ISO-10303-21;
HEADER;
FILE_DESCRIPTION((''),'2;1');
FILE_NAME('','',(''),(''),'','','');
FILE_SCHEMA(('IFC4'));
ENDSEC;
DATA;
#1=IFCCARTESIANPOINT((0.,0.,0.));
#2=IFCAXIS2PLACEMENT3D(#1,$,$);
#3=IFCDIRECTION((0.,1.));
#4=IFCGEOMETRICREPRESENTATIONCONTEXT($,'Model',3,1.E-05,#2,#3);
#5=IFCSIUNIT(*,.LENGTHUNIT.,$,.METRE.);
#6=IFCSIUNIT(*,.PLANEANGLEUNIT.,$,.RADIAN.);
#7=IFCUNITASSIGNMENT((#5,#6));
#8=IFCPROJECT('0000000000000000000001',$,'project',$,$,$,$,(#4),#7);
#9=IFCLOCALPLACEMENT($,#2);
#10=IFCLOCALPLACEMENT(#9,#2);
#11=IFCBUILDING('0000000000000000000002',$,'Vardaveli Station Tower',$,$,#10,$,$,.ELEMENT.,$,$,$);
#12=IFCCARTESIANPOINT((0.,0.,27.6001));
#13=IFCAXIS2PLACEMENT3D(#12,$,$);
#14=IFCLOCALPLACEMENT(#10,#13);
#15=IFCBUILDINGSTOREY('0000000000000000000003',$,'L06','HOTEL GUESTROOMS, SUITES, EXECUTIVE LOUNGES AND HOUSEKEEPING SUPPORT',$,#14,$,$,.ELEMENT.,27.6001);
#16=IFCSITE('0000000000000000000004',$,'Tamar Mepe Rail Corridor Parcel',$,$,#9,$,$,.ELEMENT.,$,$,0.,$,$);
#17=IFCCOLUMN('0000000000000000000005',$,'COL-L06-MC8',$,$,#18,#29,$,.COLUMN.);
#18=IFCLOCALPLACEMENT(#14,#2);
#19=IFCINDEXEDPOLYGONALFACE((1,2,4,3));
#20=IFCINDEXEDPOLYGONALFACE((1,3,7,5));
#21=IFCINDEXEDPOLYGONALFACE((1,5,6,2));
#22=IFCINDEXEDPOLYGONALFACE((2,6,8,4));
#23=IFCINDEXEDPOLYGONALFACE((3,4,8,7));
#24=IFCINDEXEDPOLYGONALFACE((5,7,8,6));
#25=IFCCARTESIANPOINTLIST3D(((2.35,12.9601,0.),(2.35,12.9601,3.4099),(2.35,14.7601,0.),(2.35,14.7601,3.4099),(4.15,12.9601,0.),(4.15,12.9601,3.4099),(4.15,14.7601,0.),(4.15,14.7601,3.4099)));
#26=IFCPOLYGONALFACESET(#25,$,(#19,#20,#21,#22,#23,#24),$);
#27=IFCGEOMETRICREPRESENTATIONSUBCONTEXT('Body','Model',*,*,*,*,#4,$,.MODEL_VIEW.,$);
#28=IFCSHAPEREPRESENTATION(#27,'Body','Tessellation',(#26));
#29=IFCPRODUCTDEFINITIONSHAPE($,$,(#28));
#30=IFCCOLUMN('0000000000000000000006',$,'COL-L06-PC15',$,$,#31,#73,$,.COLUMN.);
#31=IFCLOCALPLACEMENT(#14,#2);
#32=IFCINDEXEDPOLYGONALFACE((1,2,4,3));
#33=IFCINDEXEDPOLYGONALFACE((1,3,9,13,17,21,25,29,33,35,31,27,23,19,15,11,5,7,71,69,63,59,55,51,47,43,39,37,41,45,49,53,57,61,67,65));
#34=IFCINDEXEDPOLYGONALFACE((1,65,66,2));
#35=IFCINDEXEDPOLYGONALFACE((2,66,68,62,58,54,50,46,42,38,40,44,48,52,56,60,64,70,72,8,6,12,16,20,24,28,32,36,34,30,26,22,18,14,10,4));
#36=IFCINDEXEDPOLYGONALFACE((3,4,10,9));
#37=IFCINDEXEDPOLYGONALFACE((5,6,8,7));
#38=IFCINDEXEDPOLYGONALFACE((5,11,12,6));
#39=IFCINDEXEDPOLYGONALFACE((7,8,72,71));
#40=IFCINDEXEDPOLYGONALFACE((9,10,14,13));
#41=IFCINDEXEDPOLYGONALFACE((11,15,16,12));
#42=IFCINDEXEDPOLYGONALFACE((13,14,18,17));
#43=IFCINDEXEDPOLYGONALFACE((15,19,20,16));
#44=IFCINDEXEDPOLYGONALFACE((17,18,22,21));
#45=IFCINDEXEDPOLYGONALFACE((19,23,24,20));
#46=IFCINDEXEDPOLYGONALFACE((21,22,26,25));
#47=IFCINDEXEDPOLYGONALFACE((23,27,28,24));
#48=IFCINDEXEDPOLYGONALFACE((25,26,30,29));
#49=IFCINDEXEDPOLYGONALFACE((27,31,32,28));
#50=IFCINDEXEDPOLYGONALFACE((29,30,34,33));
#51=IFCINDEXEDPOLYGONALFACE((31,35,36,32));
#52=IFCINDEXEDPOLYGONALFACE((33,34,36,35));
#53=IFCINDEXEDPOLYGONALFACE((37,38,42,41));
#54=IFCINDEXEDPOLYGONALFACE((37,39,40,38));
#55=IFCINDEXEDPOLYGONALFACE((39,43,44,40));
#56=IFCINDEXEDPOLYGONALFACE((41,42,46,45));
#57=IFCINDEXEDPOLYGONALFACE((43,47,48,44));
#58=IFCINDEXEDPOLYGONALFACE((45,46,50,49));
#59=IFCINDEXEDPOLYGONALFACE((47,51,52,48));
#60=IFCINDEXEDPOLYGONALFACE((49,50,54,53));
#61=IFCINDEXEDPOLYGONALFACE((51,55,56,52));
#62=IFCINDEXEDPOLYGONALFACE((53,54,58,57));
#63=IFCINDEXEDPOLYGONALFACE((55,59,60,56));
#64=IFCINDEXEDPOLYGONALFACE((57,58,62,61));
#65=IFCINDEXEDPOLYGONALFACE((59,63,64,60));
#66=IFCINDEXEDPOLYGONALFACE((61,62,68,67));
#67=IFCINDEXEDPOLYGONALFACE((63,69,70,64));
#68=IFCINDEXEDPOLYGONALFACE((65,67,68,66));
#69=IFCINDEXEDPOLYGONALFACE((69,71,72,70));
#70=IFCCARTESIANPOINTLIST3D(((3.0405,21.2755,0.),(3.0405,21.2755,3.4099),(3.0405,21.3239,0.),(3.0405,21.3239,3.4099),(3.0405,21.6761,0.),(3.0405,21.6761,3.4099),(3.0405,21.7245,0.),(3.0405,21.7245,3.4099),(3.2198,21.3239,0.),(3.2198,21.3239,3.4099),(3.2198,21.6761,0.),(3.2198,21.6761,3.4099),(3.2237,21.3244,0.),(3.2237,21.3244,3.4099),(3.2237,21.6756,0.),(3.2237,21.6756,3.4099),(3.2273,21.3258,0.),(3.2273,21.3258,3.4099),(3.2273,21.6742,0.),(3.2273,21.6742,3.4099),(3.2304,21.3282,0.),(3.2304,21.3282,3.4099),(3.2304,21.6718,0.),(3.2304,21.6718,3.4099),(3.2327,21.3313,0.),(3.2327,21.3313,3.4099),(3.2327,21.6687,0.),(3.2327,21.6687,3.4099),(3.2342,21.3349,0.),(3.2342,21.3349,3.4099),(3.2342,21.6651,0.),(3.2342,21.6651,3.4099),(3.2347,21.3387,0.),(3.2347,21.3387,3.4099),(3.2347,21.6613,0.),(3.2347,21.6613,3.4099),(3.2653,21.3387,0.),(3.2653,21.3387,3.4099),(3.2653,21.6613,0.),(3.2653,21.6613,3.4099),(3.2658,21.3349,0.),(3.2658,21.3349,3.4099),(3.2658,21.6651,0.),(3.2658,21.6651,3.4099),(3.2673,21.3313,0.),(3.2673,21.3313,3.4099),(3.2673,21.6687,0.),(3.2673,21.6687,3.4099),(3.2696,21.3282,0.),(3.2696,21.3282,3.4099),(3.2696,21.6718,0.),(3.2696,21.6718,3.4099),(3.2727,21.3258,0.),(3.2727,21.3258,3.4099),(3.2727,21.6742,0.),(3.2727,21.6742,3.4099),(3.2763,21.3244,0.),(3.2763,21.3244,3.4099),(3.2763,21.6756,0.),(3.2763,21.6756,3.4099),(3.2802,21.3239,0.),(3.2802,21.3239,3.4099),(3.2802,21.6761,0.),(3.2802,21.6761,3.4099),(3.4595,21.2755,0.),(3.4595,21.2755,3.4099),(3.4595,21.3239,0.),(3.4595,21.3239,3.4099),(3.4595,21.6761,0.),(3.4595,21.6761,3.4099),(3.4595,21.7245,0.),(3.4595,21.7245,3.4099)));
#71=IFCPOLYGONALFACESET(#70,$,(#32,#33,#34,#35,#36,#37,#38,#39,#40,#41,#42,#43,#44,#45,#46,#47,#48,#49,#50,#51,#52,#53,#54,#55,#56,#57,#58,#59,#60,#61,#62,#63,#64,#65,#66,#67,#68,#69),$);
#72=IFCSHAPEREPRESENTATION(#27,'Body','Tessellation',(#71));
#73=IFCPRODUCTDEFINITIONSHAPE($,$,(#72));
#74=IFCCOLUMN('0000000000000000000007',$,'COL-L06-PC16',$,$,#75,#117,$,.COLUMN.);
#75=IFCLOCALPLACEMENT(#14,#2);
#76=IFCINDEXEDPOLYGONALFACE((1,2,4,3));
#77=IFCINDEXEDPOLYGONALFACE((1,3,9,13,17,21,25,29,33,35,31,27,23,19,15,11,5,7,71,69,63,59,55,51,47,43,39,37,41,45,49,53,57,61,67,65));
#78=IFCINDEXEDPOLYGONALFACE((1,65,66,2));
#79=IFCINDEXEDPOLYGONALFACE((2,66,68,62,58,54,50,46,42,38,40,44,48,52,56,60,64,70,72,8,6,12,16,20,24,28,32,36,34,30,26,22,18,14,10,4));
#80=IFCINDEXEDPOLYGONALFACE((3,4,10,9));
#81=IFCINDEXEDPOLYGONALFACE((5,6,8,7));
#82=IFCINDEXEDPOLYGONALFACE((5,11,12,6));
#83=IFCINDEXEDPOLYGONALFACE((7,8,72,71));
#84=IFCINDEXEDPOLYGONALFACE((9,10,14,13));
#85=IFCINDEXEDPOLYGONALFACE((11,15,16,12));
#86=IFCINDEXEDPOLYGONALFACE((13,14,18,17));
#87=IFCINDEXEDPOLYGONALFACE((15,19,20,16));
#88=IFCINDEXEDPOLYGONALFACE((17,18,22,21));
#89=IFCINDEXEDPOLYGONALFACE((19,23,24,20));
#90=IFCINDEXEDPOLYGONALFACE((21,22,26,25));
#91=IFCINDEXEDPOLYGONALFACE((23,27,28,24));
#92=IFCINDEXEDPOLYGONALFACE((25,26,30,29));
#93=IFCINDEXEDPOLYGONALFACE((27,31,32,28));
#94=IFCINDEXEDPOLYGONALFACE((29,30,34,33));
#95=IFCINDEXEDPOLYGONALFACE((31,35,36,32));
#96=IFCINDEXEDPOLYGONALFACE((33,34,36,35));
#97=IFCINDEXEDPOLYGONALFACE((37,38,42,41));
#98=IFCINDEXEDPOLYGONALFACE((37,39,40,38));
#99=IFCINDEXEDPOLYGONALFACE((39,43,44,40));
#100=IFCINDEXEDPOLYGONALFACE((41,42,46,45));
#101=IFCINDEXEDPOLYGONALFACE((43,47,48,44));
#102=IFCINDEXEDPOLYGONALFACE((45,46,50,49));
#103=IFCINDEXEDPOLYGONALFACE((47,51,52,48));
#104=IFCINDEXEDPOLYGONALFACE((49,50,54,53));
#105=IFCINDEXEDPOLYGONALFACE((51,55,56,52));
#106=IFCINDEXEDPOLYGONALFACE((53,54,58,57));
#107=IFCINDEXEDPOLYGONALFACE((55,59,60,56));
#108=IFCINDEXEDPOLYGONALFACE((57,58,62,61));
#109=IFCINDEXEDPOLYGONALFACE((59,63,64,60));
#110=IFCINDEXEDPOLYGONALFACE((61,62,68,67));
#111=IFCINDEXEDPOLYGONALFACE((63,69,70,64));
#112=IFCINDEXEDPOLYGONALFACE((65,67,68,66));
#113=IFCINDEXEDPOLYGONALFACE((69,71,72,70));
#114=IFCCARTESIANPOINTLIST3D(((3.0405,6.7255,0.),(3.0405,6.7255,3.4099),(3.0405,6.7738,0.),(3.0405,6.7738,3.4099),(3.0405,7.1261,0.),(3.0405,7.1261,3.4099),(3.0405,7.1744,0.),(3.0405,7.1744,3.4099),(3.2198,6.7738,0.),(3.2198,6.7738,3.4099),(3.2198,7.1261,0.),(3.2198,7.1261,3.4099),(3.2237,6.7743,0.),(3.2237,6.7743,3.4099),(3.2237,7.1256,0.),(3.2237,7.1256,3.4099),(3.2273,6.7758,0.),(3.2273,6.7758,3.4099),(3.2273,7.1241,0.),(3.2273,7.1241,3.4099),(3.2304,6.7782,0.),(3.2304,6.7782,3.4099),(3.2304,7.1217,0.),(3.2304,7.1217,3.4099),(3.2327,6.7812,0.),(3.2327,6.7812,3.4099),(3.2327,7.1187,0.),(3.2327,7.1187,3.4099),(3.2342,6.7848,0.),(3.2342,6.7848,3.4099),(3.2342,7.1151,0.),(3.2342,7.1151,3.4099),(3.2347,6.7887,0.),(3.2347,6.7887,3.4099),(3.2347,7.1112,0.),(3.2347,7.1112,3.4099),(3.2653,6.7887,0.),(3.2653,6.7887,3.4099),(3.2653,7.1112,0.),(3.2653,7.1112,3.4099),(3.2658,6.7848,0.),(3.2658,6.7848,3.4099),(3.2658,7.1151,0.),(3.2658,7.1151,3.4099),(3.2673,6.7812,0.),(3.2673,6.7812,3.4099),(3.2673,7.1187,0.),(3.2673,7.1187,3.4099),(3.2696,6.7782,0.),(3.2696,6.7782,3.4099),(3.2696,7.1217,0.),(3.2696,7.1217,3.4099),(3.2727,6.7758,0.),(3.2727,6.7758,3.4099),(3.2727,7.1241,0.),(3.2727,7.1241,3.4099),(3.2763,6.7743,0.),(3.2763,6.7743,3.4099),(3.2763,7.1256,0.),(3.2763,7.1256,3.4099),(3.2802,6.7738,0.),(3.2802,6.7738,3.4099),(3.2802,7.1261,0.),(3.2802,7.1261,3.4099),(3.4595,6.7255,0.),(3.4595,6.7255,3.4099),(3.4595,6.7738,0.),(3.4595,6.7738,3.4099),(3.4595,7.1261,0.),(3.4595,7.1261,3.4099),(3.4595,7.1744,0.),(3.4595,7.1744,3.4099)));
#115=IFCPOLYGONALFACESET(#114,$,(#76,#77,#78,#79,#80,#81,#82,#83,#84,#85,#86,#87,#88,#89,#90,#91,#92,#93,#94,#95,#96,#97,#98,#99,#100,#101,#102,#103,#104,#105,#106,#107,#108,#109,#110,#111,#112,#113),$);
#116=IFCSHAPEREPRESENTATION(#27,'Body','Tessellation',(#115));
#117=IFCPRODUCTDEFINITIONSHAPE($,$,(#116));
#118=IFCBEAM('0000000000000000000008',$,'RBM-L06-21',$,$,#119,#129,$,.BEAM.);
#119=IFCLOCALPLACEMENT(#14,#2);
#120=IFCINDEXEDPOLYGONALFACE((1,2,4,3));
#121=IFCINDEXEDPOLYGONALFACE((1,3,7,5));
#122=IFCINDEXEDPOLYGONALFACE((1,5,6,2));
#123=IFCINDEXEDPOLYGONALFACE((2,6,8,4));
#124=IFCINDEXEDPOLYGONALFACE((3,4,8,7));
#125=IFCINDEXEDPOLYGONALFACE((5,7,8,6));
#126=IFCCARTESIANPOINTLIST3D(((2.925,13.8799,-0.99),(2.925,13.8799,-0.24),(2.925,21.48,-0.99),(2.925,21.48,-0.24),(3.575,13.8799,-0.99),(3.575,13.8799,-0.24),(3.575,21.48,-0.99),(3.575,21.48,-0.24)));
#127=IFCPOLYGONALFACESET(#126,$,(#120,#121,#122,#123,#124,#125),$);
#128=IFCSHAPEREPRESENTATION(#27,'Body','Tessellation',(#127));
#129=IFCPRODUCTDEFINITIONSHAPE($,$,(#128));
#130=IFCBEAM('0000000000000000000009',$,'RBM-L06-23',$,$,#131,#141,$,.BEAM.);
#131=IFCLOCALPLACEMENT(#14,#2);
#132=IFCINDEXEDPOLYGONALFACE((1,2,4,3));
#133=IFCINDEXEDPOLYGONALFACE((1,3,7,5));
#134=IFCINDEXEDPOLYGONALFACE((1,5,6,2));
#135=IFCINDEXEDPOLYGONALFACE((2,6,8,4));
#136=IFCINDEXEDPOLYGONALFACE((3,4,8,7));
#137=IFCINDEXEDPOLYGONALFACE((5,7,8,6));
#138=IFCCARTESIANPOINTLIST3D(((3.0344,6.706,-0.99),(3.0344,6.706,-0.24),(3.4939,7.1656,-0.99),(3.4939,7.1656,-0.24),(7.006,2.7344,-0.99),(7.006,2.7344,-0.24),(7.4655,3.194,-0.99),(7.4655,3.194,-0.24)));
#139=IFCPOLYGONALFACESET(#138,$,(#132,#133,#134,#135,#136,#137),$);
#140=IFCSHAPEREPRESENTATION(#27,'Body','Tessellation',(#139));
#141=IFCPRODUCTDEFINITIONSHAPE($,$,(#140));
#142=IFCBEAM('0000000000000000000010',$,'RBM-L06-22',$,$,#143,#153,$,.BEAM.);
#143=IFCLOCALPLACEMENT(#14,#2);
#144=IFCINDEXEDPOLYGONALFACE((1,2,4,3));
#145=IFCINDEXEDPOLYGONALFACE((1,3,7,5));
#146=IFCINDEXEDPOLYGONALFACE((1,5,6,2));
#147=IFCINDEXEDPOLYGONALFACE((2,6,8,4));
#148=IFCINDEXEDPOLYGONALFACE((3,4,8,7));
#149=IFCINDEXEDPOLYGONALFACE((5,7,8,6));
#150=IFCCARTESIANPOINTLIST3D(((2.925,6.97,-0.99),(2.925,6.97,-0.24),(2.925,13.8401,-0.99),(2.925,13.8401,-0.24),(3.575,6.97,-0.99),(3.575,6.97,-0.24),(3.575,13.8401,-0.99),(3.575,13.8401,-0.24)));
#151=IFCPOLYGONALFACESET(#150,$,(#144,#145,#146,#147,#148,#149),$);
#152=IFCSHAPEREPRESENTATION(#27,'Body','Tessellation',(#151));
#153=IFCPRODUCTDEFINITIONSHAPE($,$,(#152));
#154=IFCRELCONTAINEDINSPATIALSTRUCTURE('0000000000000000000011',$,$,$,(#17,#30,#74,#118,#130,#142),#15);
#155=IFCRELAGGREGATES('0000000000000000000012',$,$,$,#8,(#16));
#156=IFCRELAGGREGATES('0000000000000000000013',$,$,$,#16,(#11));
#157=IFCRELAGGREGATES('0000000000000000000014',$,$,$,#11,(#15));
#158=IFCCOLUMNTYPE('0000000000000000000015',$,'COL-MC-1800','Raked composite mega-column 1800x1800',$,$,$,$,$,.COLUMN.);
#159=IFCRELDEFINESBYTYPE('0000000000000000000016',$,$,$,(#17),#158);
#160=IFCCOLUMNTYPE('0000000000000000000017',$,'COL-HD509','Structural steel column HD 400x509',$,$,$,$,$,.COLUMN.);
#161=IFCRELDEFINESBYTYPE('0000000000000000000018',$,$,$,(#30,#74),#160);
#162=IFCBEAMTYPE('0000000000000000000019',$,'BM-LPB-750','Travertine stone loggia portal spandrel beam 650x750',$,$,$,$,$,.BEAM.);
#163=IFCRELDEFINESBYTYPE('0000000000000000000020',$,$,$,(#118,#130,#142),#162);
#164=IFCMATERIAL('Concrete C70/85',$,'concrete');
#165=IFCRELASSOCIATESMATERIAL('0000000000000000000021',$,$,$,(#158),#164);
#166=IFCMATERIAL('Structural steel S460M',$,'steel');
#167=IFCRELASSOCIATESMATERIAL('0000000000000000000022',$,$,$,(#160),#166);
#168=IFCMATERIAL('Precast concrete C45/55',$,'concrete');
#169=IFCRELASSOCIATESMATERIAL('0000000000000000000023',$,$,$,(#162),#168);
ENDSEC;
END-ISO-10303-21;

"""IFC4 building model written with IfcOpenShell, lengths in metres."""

from ifc_helpers import new_model, si_unit, direction, frame, origin, origin_2d, place, context, subcontext, project, spatial, rectangle, i_section, extrude, source, transform, mapped, material, material_profile, profile_set, type_object, element, save


model = new_model("IFC4")

# Units and contexts
model_context = context("Model", 3, precision=1e-05, world=origin(), true_north=direction((0.0, 1.0)))
body_context = subcontext(model_context, "Body", "Model", "MODEL_VIEW")
ifc_project = project(units=[si_unit("LENGTHUNIT", "METRE"), si_unit("PLANEANGLEUNIT", "RADIAN")], contexts=[model_context])

# Site, building, storey
site_placement = place(None, origin())
site = spatial("IfcSite", under=ifc_project, at=site_placement, Name="Tamar Mepe Rail Corridor Parcel", CompositionType="ELEMENT", RefElevation=0.0)
building_placement = place(site_placement, origin())
building = spatial("IfcBuilding", under=site, at=building_placement, Name="Vardaveli Station Tower", CompositionType="ELEMENT")
storey_placement = place(building_placement, frame((0.0, 0.0, 27.6001)))
storey = spatial("IfcBuildingStorey", under=building, at=storey_placement, Name="L06", Description="HOTEL GUESTROOMS, SUITES, EXECUTIVE LOUNGES AND HOUSEKEEPING SUPPORT", CompositionType="ELEMENT", Elevation=27.6001)

# Columns
ifc_material_1 = material(Name="Concrete C70/85", Category="concrete")
ifc_material_profile_1 = material_profile(ifc_material_1, rectangle(XDim=1.8, YDim=1.8, at=origin_2d()), Name="MC 1800x1800")
ifc_profile_set_1 = profile_set([ifc_material_profile_1], Name="Concrete C70/85")
column_type_1 = type_object("IfcColumnType", Name="COL-MC-1800", Description="Raked composite mega-column 1800x1800", PredefinedType="COLUMN", material=ifc_profile_set_1)
shared_shape_1 = source(origin(), body_context, "Body", "SweptSolid", [
    extrude(rectangle(XDim=1.8, YDim=1.8, at=origin_2d()), origin(), (0.0, 0.0, 1.0), 3.4099),
])
column_placement = place(storey_placement, frame((3.25, 13.8601, 0.0), z_axis=(0.0, 0.0, 1.0), x_axis=(1.0, 0.0, 0.0)))
element("IfcColumn", 1, at=column_placement, inside=storey, type_object=column_type_1, Name="COL-L06-MC8", PredefinedType="COLUMN", context=body_context, shape_type="MappedRepresentation", body=[
    mapped(shared_shape_1, transform((0.0, 0.0, 0.0), scale=1.0)),
])
ifc_material_2 = material(Name="Structural steel S460M", Category="steel")
ifc_material_profile_2 = material_profile(ifc_material_2, i_section(OverallWidth=0.4189, OverallDepth=0.449, WebThickness=0.0305, FlangeThickness=0.0483, FilletRadius=0.0149, at=origin_2d()), Name="HD 400x509")
ifc_profile_set_2 = profile_set([ifc_material_profile_2], Name="Structural steel S460M")
column_type_2 = type_object("IfcColumnType", Name="COL-HD509", Description="Structural steel column HD 400x509", PredefinedType="COLUMN", material=ifc_profile_set_2)
shared_shape_2 = source(origin(), body_context, "Body", "SweptSolid", [
    extrude(i_section(OverallWidth=0.4189, OverallDepth=0.449, WebThickness=0.0305, FlangeThickness=0.0483, FilletRadius=0.0149, at=origin_2d()), origin(), (0.0, 0.0, 1.0), 3.4099),
])
for number, where, z_axis, x_axis, name in (
    (2, (3.25, 21.5, 0.0), (0.0, 0.0, 1.0), (1.0, 0.0, 0.0), "COL-L06-PC15"),
    (3, (3.25, 6.95, 0.0), (0.0, 0.0, 1.0), (1.0, 0.0, 0.0), "COL-L06-PC16"),
):
    element("IfcColumn", number, at=place(storey_placement, frame(where, z_axis=z_axis, x_axis=x_axis)), inside=storey, type_object=column_type_2, Name=name, PredefinedType="COLUMN", context=body_context, shape_type="MappedRepresentation", body=[
        mapped(shared_shape_2, transform((0.0, 0.0, 0.0), scale=1.0)),
    ])

# Beams
ifc_material_3 = material(Name="Precast concrete C45/55", Category="concrete")
ifc_material_profile_3 = material_profile(ifc_material_3, rectangle(XDim=0.6499, YDim=0.75, at=origin_2d()), Name="LPB 650x750")
ifc_profile_set_3 = profile_set([ifc_material_profile_3], Name="Precast concrete C45/55")
beam_type_1 = type_object("IfcBeamType", Name="BM-LPB-750", Description="Travertine stone loggia portal spandrel beam 650x750", PredefinedType="BEAM", material=ifc_profile_set_3)
shared_shape_3 = source(origin(), body_context, "Body", "SweptSolid", [
    extrude(rectangle(XDim=0.6499, YDim=0.75, at=origin_2d()), origin(), (0.0, 0.0, 1.0), 7.6001),
])
beam_1_placement = place(storey_placement, frame((3.25, 21.48, -0.615), z_axis=(0.0, -1.0, 0.0), x_axis=(1.0, 0.0, 0.0)))
element("IfcBeam", 4, at=beam_1_placement, inside=storey, type_object=beam_type_1, Name="RBM-L06-21", PredefinedType="BEAM", context=body_context, shape_type="MappedRepresentation", body=[
    mapped(shared_shape_3, transform((0.0, 0.0, 0.0), scale=1.0)),
])
shared_shape_4 = source(origin(), body_context, "Body", "SweptSolid", [
    extrude(rectangle(XDim=0.6499, YDim=0.75, at=origin_2d()), origin(), (0.0, 0.0, 1.0), 5.6167),
])
beam_2_placement = place(storey_placement, frame((3.2642, 6.9358, -0.615), z_axis=(0.707107, -0.707107, 0.0), x_axis=(0.707107, 0.707107, 0.0)))
element("IfcBeam", 5, at=beam_2_placement, inside=storey, type_object=beam_type_1, Name="RBM-L06-23", PredefinedType="BEAM", context=body_context, shape_type="MappedRepresentation", body=[
    mapped(shared_shape_4, transform((0.0, 0.0, 0.0), scale=1.0)),
])
shared_shape_5 = source(origin(), body_context, "Body", "SweptSolid", [
    extrude(rectangle(XDim=0.6499, YDim=0.75, at=origin_2d()), origin(), (0.0, 0.0, 1.0), 6.8701),
])
beam_3_placement = place(storey_placement, frame((3.25, 13.8401, -0.615), z_axis=(0.0, -1.0, 0.0), x_axis=(1.0, 0.0, 0.0)))
element("IfcBeam", 6, at=beam_3_placement, inside=storey, type_object=beam_type_1, Name="RBM-L06-22", PredefinedType="BEAM", context=body_context, shape_type="MappedRepresentation", body=[
    mapped(shared_shape_5, transform((0.0, 0.0, 0.0), scale=1.0)),
])

save(model, "model.ifc")
